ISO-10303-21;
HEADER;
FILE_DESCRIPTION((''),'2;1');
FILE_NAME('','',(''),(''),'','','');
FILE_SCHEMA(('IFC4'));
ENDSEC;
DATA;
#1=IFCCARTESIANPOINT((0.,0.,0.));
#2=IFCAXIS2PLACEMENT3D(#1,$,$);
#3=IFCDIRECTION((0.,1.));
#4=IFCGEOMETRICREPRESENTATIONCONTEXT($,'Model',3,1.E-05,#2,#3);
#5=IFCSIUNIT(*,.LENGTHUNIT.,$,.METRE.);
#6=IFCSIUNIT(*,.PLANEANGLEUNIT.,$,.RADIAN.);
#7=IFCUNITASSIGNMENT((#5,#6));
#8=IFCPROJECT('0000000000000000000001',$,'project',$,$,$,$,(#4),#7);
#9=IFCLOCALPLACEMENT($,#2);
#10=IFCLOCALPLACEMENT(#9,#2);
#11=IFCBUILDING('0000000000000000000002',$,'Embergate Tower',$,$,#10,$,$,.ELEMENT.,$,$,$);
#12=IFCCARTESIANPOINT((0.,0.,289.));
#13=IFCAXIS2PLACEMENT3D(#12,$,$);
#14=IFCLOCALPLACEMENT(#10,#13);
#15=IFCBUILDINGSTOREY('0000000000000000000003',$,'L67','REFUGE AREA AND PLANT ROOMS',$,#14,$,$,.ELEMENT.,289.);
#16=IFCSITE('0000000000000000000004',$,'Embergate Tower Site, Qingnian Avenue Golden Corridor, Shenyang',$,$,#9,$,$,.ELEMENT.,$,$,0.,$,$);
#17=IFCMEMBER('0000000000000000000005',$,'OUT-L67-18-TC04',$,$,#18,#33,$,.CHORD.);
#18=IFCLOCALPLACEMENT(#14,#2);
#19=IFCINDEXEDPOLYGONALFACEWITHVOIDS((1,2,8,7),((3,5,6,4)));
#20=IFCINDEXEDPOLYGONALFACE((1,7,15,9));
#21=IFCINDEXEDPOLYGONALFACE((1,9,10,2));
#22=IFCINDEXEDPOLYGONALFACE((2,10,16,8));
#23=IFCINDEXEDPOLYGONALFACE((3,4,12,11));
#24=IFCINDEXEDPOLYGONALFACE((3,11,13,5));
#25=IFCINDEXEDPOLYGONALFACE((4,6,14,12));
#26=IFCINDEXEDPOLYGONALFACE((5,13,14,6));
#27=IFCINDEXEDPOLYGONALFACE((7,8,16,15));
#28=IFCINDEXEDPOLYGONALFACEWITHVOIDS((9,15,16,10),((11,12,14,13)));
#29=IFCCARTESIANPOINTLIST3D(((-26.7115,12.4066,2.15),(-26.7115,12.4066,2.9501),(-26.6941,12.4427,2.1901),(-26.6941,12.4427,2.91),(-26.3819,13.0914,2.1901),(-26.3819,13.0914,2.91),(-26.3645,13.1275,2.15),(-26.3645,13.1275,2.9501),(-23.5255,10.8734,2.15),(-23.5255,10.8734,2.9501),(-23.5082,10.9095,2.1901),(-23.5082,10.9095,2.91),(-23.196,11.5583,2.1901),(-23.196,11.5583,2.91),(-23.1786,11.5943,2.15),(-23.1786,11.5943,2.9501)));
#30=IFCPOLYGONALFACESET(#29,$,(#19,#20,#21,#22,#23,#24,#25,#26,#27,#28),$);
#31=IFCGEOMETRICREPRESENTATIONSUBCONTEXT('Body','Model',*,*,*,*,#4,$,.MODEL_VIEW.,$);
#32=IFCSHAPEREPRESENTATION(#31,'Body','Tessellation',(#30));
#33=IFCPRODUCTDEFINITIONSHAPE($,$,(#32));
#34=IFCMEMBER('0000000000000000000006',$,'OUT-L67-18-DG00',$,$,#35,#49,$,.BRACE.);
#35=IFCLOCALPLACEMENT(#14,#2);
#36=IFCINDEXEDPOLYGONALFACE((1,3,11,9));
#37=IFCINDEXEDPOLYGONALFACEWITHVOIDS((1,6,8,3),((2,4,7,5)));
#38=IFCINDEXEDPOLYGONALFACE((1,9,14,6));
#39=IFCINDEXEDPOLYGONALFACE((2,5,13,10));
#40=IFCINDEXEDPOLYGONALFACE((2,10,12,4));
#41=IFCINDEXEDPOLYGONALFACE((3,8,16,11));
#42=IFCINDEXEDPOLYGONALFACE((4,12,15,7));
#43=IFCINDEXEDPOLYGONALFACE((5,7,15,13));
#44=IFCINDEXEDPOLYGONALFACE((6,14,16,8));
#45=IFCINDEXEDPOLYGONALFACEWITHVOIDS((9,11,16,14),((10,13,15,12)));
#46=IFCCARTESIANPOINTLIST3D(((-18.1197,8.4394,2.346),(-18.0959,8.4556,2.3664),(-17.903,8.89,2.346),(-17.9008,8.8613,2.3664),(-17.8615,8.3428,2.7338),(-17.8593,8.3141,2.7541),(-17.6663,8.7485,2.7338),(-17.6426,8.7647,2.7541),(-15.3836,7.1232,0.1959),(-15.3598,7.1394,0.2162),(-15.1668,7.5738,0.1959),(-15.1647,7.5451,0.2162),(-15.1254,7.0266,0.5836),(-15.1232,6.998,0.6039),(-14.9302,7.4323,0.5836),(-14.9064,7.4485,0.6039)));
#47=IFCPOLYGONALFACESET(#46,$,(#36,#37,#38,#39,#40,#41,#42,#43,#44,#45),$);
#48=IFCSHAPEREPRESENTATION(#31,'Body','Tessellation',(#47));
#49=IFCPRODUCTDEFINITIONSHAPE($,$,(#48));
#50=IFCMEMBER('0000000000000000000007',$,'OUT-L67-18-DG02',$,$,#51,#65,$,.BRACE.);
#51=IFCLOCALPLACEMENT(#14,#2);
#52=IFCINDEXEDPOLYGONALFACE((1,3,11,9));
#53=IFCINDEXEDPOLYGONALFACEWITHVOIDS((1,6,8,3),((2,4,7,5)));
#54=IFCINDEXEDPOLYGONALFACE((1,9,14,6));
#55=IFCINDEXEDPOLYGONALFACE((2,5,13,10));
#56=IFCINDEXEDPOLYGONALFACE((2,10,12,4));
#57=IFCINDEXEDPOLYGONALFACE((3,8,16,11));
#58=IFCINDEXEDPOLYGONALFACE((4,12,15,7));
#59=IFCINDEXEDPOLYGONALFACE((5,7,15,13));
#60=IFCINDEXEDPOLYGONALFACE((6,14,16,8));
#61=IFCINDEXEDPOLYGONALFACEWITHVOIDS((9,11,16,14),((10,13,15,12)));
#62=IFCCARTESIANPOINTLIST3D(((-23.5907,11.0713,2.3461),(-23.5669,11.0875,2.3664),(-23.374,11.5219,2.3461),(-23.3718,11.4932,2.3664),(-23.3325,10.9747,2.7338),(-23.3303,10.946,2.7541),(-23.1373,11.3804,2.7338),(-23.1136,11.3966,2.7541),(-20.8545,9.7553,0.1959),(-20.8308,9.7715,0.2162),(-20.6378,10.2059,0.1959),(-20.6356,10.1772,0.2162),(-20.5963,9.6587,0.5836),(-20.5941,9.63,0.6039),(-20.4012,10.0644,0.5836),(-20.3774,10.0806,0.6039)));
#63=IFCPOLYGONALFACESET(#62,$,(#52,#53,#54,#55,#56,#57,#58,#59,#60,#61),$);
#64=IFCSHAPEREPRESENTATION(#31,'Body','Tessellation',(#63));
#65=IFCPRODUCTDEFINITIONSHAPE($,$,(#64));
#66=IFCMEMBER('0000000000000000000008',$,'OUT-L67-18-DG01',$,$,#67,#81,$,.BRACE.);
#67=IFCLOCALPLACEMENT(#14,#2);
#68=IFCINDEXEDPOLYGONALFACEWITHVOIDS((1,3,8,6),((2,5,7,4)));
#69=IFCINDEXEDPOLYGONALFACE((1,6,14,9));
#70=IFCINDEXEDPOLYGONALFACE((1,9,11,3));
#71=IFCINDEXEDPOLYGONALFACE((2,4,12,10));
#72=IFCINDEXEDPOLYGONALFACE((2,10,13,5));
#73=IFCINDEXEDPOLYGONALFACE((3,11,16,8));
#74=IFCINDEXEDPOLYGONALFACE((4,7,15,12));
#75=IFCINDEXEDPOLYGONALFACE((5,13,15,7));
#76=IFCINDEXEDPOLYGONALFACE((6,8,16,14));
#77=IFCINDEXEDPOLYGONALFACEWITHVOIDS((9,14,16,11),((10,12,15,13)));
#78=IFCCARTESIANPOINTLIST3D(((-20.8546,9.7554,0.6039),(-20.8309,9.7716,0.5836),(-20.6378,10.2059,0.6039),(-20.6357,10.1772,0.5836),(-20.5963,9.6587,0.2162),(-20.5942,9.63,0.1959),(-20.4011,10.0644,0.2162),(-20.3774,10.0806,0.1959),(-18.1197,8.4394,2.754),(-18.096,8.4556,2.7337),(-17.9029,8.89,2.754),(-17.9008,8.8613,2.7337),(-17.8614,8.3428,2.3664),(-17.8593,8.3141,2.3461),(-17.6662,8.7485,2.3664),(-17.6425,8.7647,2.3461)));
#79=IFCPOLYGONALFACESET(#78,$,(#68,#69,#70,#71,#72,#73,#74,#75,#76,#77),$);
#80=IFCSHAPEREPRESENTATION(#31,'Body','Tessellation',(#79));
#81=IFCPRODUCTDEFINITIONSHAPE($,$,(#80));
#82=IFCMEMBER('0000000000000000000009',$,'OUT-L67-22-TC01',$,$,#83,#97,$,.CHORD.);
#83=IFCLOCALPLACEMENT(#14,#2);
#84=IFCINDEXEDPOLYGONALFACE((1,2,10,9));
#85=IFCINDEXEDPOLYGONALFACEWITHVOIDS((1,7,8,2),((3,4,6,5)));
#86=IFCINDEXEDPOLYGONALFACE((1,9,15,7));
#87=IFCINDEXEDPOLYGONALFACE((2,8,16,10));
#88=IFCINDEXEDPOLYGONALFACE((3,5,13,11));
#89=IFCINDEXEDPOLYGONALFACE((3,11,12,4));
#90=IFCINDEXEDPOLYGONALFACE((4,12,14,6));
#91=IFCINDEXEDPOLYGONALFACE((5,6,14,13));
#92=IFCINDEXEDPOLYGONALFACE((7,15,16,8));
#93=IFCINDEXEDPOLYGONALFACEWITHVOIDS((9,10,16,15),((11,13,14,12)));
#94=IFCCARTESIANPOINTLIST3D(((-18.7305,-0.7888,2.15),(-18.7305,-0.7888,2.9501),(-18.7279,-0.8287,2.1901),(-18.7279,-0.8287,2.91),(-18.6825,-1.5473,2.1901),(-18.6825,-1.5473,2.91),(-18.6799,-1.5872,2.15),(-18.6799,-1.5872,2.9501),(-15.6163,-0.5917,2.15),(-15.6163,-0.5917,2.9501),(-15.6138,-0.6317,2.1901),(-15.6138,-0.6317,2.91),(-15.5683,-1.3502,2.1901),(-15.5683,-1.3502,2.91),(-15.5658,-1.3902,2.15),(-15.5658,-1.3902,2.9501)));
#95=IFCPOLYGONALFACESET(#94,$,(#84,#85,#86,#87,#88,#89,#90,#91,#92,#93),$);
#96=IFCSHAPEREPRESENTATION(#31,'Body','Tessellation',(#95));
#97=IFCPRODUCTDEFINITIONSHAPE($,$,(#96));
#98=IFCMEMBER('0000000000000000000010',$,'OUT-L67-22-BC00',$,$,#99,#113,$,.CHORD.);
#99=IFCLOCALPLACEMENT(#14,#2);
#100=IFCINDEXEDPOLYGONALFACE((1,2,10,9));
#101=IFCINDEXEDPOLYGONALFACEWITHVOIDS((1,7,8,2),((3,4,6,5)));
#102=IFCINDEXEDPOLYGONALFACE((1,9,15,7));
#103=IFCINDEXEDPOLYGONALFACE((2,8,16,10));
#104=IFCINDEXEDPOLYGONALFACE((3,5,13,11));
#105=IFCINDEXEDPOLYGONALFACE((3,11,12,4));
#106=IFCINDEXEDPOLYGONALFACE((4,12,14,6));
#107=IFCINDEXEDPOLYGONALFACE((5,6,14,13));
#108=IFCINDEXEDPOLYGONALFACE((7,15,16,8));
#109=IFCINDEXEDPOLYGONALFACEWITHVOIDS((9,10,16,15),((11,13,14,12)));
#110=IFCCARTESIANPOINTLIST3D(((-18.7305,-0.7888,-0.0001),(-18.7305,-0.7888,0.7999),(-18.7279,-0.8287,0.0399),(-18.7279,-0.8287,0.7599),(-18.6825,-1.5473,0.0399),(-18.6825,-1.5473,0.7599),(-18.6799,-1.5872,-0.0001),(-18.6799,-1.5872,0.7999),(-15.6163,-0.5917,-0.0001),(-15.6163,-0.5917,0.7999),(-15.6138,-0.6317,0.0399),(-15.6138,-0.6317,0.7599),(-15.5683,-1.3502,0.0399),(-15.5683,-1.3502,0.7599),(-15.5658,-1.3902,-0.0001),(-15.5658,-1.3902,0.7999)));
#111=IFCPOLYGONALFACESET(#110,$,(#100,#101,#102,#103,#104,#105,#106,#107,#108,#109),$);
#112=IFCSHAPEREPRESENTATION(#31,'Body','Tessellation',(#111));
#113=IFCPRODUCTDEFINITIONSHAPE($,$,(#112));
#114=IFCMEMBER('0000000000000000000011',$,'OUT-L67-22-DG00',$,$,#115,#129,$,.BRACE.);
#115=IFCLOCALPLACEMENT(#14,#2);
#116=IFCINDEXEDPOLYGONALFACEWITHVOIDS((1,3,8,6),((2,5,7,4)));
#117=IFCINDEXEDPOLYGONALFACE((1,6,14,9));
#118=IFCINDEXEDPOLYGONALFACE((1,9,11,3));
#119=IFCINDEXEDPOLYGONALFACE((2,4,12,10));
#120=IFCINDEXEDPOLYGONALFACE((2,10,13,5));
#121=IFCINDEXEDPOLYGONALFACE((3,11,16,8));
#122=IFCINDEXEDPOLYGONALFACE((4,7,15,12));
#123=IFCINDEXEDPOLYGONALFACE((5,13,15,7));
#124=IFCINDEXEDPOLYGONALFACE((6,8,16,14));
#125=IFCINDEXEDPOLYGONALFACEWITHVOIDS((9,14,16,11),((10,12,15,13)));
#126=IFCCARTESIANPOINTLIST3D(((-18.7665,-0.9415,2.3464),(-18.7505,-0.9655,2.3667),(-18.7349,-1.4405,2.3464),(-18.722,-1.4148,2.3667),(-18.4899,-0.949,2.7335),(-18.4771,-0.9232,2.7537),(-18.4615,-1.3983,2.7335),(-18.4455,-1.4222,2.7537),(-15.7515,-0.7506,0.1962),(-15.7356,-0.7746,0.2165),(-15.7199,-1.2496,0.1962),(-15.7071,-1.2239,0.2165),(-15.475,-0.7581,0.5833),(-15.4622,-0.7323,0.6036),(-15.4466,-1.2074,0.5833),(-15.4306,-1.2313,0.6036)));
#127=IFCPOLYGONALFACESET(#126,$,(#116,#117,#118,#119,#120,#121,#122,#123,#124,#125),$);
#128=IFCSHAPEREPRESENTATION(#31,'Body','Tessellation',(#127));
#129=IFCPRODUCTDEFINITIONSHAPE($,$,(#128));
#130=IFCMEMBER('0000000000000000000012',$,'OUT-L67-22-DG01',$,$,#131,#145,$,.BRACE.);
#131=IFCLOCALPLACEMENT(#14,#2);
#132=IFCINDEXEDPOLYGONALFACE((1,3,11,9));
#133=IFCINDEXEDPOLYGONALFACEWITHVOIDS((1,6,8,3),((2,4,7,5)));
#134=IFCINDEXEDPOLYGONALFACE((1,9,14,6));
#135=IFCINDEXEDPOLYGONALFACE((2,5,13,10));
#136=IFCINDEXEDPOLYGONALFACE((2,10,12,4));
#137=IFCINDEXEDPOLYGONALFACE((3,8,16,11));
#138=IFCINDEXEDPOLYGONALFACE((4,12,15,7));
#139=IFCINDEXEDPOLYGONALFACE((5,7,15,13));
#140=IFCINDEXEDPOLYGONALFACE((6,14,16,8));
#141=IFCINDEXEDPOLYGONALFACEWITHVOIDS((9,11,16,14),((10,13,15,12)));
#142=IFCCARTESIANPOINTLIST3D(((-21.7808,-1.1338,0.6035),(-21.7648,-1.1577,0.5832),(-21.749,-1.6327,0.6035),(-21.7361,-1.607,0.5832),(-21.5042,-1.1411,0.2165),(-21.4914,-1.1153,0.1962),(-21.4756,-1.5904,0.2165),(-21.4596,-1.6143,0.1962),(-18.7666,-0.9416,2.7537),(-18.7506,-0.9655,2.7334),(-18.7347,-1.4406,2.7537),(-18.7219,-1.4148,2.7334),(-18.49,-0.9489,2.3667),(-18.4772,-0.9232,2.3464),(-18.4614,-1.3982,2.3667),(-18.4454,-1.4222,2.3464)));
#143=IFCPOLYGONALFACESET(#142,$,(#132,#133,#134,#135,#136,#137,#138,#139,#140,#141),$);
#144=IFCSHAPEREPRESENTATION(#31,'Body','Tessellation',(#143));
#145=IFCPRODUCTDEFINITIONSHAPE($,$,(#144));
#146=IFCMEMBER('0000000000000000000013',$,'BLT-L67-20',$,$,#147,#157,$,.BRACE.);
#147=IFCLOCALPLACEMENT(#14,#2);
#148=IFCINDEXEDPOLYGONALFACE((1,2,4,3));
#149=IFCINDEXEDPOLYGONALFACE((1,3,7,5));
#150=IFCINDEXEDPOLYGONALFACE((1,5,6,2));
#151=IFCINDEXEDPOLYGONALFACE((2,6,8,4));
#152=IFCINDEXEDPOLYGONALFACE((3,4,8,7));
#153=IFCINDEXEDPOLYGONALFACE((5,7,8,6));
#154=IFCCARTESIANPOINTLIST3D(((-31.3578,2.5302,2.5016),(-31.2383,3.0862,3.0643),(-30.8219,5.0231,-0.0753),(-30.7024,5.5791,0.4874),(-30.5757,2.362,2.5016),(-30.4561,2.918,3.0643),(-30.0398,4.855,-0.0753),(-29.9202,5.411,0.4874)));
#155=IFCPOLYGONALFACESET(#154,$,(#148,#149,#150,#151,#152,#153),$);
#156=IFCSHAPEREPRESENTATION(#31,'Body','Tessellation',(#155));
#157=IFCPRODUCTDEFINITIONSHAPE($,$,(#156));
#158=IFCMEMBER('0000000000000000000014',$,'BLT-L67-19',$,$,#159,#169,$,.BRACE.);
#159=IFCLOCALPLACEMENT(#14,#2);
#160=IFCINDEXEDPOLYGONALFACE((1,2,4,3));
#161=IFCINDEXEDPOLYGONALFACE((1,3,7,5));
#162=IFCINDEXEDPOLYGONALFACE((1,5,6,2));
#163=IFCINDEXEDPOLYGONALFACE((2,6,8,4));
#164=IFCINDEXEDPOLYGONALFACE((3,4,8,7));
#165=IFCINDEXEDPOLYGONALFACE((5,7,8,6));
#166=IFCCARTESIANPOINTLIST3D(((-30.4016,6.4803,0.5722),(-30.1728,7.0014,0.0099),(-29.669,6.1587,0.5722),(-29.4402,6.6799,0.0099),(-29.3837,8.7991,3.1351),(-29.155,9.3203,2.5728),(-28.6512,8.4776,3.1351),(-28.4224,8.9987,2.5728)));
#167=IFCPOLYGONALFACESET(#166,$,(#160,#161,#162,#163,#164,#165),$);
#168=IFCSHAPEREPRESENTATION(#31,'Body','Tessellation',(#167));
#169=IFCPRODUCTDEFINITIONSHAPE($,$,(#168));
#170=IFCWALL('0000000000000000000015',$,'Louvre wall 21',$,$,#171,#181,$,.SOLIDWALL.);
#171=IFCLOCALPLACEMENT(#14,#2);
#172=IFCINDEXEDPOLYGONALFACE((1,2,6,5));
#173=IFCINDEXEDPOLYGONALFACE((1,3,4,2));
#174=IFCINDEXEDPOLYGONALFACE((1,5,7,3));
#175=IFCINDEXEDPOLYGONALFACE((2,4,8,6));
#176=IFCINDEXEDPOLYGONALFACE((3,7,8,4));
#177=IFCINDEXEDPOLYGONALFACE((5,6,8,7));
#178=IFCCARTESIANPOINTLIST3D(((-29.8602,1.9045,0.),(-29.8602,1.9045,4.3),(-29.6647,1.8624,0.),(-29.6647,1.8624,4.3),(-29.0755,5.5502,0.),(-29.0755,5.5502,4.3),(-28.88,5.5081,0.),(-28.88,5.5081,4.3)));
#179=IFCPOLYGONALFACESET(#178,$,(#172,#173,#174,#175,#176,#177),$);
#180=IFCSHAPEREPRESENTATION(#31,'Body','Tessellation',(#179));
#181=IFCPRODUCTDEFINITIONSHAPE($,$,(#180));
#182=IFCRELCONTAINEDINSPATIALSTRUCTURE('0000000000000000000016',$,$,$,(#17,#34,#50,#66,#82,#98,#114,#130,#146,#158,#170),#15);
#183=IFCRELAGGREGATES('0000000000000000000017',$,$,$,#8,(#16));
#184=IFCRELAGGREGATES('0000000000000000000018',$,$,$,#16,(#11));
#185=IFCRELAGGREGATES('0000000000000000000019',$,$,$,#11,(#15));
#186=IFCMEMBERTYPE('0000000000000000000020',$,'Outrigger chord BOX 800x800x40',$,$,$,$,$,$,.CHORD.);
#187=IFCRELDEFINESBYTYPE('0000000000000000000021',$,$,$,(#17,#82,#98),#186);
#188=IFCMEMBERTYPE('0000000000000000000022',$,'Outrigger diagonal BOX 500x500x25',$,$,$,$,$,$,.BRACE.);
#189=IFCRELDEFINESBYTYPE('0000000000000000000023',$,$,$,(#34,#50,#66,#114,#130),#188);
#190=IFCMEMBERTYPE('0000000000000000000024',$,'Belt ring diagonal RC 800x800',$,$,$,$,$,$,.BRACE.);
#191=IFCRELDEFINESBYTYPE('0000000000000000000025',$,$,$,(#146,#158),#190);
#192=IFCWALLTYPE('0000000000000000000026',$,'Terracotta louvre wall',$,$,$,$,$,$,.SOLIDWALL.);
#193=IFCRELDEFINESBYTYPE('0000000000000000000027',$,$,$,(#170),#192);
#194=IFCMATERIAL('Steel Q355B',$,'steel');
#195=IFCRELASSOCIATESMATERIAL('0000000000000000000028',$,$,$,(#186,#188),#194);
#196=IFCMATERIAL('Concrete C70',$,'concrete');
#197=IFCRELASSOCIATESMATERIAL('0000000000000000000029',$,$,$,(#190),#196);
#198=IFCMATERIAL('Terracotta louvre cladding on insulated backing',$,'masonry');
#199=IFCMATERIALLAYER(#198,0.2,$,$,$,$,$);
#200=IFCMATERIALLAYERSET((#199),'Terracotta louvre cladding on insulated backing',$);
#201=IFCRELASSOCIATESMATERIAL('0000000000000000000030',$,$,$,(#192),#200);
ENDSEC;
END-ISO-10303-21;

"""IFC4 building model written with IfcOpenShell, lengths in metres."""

from ifc_helpers import new_model, si_unit, direction, frame, frame_2d, origin, origin_2d, place, context, subcontext, project, spatial, rectangle, hollow_rectangle, extrude, source, transform, mapped, material, layer, layer_set, material_profile, profile_set, type_object, element, save


model = new_model("IFC4")

# Units and contexts
model_context = context("Model", 3, precision=1e-05, world=origin(), true_north=direction((0.0, 1.0)))
body_context = subcontext(model_context, "Body", "Model", "MODEL_VIEW")
ifc_project = project(units=[si_unit("LENGTHUNIT", "METRE"), si_unit("PLANEANGLEUNIT", "RADIAN")], contexts=[model_context])

# Site, building, storey
site_placement = place(None, origin())
site = spatial("IfcSite", under=ifc_project, at=site_placement, Name="Embergate Tower Site, Qingnian Avenue Golden Corridor, Shenyang", CompositionType="ELEMENT", RefElevation=0.0)
building_placement = place(site_placement, origin())
building = spatial("IfcBuilding", under=site, at=building_placement, Name="Embergate Tower", CompositionType="ELEMENT")
storey_placement = place(building_placement, frame((0.0, 0.0, 289.0)))
storey = spatial("IfcBuildingStorey", under=building, at=storey_placement, Name="L67", Description="REFUGE AREA AND PLANT ROOMS", CompositionType="ELEMENT", Elevation=289.0)

# Shared definitions
ifc_material_1 = material(Name="Steel Q355B", Category="steel")

# Members
ifc_material_profile_1 = material_profile(ifc_material_1, hollow_rectangle(XDim=0.8, YDim=0.8, WallThickness=0.04, at=origin_2d()), Name="BOX 800x800x40")
ifc_profile_set_1 = profile_set([ifc_material_profile_1], Name="Steel Q355 grade B")
member_type_1 = type_object("IfcMemberType", Name="Outrigger chord BOX 800x800x40", PredefinedType="CHORD", material=ifc_profile_set_1)
shared_shape_1 = source(origin(), body_context, "Body", "SweptSolid", [
    extrude(hollow_rectangle(XDim=0.8, YDim=0.8, WallThickness=0.04, at=origin_2d()), origin(), (0.0, 0.0, 1.0), 3.5356),
])
member_1_placement = place(storey_placement, frame((-23.3521, 11.2339, 2.55), z_axis=(-0.901092, 0.433629, 0.0), x_axis=(-0.433629, -0.901092, 0.0)))
element("IfcMember", 1, at=member_1_placement, inside=storey, type_object=member_type_1, Name="OUT-L67-18-TC04", PredefinedType="CHORD", context=body_context, shape_type="MappedRepresentation", body=[
    mapped(shared_shape_1, transform((0.0, 0.0, 0.0))),
])
ifc_material_profile_2 = material_profile(ifc_material_1, hollow_rectangle(XDim=0.5, YDim=0.5, WallThickness=0.0249, at=origin_2d()), Name="BOX 500x500x25")
ifc_profile_set_2 = profile_set([ifc_material_profile_2], Name="Steel Q355 grade B")
member_type_2 = type_object("IfcMemberType", Name="Outrigger diagonal BOX 500x500x25", PredefinedType="BRACE", material=ifc_profile_set_2)
shared_shape_2 = source(origin(), body_context, "Body", "SweptSolid", [
    extrude(hollow_rectangle(XDim=0.5, YDim=0.5, WallThickness=0.0249, at=origin_2d()), origin(), (0.0, 0.0, 1.0), 3.7205),
])
for number, where, z_axis, x_axis, name in (
    (2, (-15.145, 7.2859, 0.3999), (-0.735422, 0.353767, 0.57793), (-0.433492, -0.901158, 0.0), "OUT-L67-18-DG00"),
    (3, (-20.616, 9.918, 0.3999), (-0.735439, 0.353709, 0.577944), (-0.433426, -0.901189, 0.0), "OUT-L67-18-DG02"),
):
    element("IfcMember", number, at=place(storey_placement, frame(where, z_axis=z_axis, x_axis=x_axis)), inside=storey, type_object=member_type_2, Name=name, PredefinedType="BRACE", context=body_context, shape_type="MappedRepresentation", body=[
        mapped(shared_shape_2, transform((0.0, 0.0, 0.0))),
    ])
shared_shape_3 = source(origin(), body_context, "Body", "SweptSolid", [
    extrude(hollow_rectangle(XDim=0.5, YDim=0.5, WallThickness=0.0249, at=origin_2d()), origin(), (0.0, 0.0, 1.0), 3.7195),
])
member_2_placement = place(storey_placement, frame((-17.8811, 8.6021, 2.55), z_axis=(-0.735289, 0.353794, -0.578083), x_axis=(-0.433583, -0.901113, 0.0)))
element("IfcMember", 4, at=member_2_placement, inside=storey, type_object=member_type_2, Name="OUT-L67-18-DG01", PredefinedType="BRACE", context=body_context, shape_type="MappedRepresentation", body=[
    mapped(shared_shape_3, transform((0.0, 0.0, 0.0))),
])
shared_shape_4 = source(origin(), body_context, "Body", "SweptSolid", [
    extrude(hollow_rectangle(XDim=0.8, YDim=0.8, WallThickness=0.04, at=origin_2d()), origin(), (0.0, 0.0, 1.0), 3.1204),
])
for number, where, z_axis, x_axis, name in (
    (5, (-15.5911, -0.991, 2.55), (-0.998004, -0.063143, 0.0), (0.063143, -0.998004, 0.0), "OUT-L67-22-TC01"),
    (6, (-15.5911, -0.991, 0.3999), (-0.998004, -0.063143, 0.0), (0.063143, -0.998004, 0.0), "OUT-L67-22-BC00"),
):
    element("IfcMember", number, at=place(storey_placement, frame(where, z_axis=z_axis, x_axis=x_axis)), inside=storey, type_object=member_type_1, Name=name, PredefinedType="CHORD", context=body_context, shape_type="MappedRepresentation", body=[
        mapped(shared_shape_4, transform((0.0, 0.0, 0.0))),
    ])
shared_shape_5 = source(origin(), body_context, "Body", "SweptSolid", [
    extrude(hollow_rectangle(XDim=0.5, YDim=0.5, WallThickness=0.0249, at=origin_2d()), origin(), (0.0, 0.0, 1.0), 3.708),
])
member_3_placement = place(storey_placement, frame((-15.5911, -0.991, 0.3999), z_axis=(-0.813081, -0.051488, 0.579869), x_axis=(0.063198, -0.998001, 0.0)))
element("IfcMember", 7, at=member_3_placement, inside=storey, type_object=member_type_2, Name="OUT-L67-22-DG00", PredefinedType="BRACE", context=body_context, shape_type="MappedRepresentation", body=[
    mapped(shared_shape_5, transform((0.0, 0.0, 0.0))),
])
shared_shape_6 = source(origin(), body_context, "Body", "SweptSolid", [
    extrude(hollow_rectangle(XDim=0.5, YDim=0.5, WallThickness=0.0249, at=origin_2d()), origin(), (0.0, 0.0, 1.0), 3.7075),
])
member_4_placement = place(storey_placement, frame((-18.606, -1.1819, 2.55), z_axis=(-0.813, -0.051825, -0.579952), x_axis=(0.063616, -0.997974, 0.0)))
element("IfcMember", 8, at=member_4_placement, inside=storey, type_object=member_type_2, Name="OUT-L67-22-DG01", PredefinedType="BRACE", context=body_context, shape_type="MappedRepresentation", body=[
    mapped(shared_shape_6, transform((0.0, 0.0, 0.0))),
])
ifc_material_2 = material(Name="Concrete C70", Category="concrete")
ifc_material_profile_3 = material_profile(ifc_material_2, rectangle(XDim=0.8, YDim=0.8, at=origin_2d()), Name="RC 800x800")
ifc_profile_set_3 = profile_set([ifc_material_profile_3], Name="Concrete C70")
member_type_3 = type_object("IfcMemberType", Name="Belt ring diagonal RC 800x800", PredefinedType="BRACE", material=ifc_profile_set_3)
shared_shape_7 = source(origin(), body_context, "Body", "SweptSolid", [
    extrude(rectangle(XDim=0.8, YDim=0.8, at=origin_2d()), origin(), (0.0, 0.0, 1.0), 3.6252),
])
member_5_placement = place(storey_placement, frame((-30.3711, 5.217, 0.2061), z_axis=(-0.147822, -0.687659, 0.710826), x_axis=(0.977666, -0.210163, 0.0)))
element("IfcMember", 9, at=member_5_placement, inside=storey, type_object=member_type_3, Name="BLT-L67-20", PredefinedType="BRACE", context=body_context, shape_type="MappedRepresentation", body=[
    mapped(shared_shape_7, transform((0.0, 0.0, 0.0))),
])
shared_shape_8 = source(origin(), body_context, "Body", "SweptSolid", [
    extrude(rectangle(XDim=0.8, YDim=0.8, at=origin_2d()), origin(), (0.0, 0.0, 1.0), 3.603),
])
member_6_placement = place(storey_placement, frame((-29.9209, 6.5801, 0.291), z_axis=(0.28249, 0.64358, 0.71134), x_axis=(-0.915674, 0.401921, 0.0)))
element("IfcMember", 10, at=member_6_placement, inside=storey, type_object=member_type_3, Name="BLT-L67-19", PredefinedType="BRACE", context=body_context, shape_type="MappedRepresentation", body=[
    mapped(shared_shape_8, transform((0.0, 0.0, 0.0))),
])

# Wall
ifc_material_3 = material(Name="Terracotta louvre cladding on insulated backing", Category="masonry")
ifc_layer_1 = layer(ifc_material_3, 0.2)
ifc_layer_set_1 = layer_set([ifc_layer_1], Name="Terracotta louvre cladding on insulated backing")
wall_type_1 = type_object("IfcWallType", Name="Terracotta louvre wall", PredefinedType="SOLIDWALL", material=ifc_layer_set_1)
shared_shape_9 = source(origin(), body_context, "Body", "SweptSolid", [
    extrude(rectangle(XDim=3.7292, YDim=0.2, at=frame_2d((1.8647, 0.0))), origin(), (0.0, 0.0, 1.0), 4.3),
])
wall_1_placement = place(storey_placement, frame((-29.7625, 1.8833, 0.0), z_axis=(0.0, 0.0, 1.0), x_axis=(0.21041, 0.977613, 0.0)))
element("IfcWall", 11, at=wall_1_placement, inside=storey, type_object=wall_type_1, Name="Louvre wall 21", PredefinedType="SOLIDWALL", context=body_context, shape_type="MappedRepresentation", body=[
    mapped(shared_shape_9, transform((0.0, 0.0, 0.0))),
])

save(model, "model.ifc")
